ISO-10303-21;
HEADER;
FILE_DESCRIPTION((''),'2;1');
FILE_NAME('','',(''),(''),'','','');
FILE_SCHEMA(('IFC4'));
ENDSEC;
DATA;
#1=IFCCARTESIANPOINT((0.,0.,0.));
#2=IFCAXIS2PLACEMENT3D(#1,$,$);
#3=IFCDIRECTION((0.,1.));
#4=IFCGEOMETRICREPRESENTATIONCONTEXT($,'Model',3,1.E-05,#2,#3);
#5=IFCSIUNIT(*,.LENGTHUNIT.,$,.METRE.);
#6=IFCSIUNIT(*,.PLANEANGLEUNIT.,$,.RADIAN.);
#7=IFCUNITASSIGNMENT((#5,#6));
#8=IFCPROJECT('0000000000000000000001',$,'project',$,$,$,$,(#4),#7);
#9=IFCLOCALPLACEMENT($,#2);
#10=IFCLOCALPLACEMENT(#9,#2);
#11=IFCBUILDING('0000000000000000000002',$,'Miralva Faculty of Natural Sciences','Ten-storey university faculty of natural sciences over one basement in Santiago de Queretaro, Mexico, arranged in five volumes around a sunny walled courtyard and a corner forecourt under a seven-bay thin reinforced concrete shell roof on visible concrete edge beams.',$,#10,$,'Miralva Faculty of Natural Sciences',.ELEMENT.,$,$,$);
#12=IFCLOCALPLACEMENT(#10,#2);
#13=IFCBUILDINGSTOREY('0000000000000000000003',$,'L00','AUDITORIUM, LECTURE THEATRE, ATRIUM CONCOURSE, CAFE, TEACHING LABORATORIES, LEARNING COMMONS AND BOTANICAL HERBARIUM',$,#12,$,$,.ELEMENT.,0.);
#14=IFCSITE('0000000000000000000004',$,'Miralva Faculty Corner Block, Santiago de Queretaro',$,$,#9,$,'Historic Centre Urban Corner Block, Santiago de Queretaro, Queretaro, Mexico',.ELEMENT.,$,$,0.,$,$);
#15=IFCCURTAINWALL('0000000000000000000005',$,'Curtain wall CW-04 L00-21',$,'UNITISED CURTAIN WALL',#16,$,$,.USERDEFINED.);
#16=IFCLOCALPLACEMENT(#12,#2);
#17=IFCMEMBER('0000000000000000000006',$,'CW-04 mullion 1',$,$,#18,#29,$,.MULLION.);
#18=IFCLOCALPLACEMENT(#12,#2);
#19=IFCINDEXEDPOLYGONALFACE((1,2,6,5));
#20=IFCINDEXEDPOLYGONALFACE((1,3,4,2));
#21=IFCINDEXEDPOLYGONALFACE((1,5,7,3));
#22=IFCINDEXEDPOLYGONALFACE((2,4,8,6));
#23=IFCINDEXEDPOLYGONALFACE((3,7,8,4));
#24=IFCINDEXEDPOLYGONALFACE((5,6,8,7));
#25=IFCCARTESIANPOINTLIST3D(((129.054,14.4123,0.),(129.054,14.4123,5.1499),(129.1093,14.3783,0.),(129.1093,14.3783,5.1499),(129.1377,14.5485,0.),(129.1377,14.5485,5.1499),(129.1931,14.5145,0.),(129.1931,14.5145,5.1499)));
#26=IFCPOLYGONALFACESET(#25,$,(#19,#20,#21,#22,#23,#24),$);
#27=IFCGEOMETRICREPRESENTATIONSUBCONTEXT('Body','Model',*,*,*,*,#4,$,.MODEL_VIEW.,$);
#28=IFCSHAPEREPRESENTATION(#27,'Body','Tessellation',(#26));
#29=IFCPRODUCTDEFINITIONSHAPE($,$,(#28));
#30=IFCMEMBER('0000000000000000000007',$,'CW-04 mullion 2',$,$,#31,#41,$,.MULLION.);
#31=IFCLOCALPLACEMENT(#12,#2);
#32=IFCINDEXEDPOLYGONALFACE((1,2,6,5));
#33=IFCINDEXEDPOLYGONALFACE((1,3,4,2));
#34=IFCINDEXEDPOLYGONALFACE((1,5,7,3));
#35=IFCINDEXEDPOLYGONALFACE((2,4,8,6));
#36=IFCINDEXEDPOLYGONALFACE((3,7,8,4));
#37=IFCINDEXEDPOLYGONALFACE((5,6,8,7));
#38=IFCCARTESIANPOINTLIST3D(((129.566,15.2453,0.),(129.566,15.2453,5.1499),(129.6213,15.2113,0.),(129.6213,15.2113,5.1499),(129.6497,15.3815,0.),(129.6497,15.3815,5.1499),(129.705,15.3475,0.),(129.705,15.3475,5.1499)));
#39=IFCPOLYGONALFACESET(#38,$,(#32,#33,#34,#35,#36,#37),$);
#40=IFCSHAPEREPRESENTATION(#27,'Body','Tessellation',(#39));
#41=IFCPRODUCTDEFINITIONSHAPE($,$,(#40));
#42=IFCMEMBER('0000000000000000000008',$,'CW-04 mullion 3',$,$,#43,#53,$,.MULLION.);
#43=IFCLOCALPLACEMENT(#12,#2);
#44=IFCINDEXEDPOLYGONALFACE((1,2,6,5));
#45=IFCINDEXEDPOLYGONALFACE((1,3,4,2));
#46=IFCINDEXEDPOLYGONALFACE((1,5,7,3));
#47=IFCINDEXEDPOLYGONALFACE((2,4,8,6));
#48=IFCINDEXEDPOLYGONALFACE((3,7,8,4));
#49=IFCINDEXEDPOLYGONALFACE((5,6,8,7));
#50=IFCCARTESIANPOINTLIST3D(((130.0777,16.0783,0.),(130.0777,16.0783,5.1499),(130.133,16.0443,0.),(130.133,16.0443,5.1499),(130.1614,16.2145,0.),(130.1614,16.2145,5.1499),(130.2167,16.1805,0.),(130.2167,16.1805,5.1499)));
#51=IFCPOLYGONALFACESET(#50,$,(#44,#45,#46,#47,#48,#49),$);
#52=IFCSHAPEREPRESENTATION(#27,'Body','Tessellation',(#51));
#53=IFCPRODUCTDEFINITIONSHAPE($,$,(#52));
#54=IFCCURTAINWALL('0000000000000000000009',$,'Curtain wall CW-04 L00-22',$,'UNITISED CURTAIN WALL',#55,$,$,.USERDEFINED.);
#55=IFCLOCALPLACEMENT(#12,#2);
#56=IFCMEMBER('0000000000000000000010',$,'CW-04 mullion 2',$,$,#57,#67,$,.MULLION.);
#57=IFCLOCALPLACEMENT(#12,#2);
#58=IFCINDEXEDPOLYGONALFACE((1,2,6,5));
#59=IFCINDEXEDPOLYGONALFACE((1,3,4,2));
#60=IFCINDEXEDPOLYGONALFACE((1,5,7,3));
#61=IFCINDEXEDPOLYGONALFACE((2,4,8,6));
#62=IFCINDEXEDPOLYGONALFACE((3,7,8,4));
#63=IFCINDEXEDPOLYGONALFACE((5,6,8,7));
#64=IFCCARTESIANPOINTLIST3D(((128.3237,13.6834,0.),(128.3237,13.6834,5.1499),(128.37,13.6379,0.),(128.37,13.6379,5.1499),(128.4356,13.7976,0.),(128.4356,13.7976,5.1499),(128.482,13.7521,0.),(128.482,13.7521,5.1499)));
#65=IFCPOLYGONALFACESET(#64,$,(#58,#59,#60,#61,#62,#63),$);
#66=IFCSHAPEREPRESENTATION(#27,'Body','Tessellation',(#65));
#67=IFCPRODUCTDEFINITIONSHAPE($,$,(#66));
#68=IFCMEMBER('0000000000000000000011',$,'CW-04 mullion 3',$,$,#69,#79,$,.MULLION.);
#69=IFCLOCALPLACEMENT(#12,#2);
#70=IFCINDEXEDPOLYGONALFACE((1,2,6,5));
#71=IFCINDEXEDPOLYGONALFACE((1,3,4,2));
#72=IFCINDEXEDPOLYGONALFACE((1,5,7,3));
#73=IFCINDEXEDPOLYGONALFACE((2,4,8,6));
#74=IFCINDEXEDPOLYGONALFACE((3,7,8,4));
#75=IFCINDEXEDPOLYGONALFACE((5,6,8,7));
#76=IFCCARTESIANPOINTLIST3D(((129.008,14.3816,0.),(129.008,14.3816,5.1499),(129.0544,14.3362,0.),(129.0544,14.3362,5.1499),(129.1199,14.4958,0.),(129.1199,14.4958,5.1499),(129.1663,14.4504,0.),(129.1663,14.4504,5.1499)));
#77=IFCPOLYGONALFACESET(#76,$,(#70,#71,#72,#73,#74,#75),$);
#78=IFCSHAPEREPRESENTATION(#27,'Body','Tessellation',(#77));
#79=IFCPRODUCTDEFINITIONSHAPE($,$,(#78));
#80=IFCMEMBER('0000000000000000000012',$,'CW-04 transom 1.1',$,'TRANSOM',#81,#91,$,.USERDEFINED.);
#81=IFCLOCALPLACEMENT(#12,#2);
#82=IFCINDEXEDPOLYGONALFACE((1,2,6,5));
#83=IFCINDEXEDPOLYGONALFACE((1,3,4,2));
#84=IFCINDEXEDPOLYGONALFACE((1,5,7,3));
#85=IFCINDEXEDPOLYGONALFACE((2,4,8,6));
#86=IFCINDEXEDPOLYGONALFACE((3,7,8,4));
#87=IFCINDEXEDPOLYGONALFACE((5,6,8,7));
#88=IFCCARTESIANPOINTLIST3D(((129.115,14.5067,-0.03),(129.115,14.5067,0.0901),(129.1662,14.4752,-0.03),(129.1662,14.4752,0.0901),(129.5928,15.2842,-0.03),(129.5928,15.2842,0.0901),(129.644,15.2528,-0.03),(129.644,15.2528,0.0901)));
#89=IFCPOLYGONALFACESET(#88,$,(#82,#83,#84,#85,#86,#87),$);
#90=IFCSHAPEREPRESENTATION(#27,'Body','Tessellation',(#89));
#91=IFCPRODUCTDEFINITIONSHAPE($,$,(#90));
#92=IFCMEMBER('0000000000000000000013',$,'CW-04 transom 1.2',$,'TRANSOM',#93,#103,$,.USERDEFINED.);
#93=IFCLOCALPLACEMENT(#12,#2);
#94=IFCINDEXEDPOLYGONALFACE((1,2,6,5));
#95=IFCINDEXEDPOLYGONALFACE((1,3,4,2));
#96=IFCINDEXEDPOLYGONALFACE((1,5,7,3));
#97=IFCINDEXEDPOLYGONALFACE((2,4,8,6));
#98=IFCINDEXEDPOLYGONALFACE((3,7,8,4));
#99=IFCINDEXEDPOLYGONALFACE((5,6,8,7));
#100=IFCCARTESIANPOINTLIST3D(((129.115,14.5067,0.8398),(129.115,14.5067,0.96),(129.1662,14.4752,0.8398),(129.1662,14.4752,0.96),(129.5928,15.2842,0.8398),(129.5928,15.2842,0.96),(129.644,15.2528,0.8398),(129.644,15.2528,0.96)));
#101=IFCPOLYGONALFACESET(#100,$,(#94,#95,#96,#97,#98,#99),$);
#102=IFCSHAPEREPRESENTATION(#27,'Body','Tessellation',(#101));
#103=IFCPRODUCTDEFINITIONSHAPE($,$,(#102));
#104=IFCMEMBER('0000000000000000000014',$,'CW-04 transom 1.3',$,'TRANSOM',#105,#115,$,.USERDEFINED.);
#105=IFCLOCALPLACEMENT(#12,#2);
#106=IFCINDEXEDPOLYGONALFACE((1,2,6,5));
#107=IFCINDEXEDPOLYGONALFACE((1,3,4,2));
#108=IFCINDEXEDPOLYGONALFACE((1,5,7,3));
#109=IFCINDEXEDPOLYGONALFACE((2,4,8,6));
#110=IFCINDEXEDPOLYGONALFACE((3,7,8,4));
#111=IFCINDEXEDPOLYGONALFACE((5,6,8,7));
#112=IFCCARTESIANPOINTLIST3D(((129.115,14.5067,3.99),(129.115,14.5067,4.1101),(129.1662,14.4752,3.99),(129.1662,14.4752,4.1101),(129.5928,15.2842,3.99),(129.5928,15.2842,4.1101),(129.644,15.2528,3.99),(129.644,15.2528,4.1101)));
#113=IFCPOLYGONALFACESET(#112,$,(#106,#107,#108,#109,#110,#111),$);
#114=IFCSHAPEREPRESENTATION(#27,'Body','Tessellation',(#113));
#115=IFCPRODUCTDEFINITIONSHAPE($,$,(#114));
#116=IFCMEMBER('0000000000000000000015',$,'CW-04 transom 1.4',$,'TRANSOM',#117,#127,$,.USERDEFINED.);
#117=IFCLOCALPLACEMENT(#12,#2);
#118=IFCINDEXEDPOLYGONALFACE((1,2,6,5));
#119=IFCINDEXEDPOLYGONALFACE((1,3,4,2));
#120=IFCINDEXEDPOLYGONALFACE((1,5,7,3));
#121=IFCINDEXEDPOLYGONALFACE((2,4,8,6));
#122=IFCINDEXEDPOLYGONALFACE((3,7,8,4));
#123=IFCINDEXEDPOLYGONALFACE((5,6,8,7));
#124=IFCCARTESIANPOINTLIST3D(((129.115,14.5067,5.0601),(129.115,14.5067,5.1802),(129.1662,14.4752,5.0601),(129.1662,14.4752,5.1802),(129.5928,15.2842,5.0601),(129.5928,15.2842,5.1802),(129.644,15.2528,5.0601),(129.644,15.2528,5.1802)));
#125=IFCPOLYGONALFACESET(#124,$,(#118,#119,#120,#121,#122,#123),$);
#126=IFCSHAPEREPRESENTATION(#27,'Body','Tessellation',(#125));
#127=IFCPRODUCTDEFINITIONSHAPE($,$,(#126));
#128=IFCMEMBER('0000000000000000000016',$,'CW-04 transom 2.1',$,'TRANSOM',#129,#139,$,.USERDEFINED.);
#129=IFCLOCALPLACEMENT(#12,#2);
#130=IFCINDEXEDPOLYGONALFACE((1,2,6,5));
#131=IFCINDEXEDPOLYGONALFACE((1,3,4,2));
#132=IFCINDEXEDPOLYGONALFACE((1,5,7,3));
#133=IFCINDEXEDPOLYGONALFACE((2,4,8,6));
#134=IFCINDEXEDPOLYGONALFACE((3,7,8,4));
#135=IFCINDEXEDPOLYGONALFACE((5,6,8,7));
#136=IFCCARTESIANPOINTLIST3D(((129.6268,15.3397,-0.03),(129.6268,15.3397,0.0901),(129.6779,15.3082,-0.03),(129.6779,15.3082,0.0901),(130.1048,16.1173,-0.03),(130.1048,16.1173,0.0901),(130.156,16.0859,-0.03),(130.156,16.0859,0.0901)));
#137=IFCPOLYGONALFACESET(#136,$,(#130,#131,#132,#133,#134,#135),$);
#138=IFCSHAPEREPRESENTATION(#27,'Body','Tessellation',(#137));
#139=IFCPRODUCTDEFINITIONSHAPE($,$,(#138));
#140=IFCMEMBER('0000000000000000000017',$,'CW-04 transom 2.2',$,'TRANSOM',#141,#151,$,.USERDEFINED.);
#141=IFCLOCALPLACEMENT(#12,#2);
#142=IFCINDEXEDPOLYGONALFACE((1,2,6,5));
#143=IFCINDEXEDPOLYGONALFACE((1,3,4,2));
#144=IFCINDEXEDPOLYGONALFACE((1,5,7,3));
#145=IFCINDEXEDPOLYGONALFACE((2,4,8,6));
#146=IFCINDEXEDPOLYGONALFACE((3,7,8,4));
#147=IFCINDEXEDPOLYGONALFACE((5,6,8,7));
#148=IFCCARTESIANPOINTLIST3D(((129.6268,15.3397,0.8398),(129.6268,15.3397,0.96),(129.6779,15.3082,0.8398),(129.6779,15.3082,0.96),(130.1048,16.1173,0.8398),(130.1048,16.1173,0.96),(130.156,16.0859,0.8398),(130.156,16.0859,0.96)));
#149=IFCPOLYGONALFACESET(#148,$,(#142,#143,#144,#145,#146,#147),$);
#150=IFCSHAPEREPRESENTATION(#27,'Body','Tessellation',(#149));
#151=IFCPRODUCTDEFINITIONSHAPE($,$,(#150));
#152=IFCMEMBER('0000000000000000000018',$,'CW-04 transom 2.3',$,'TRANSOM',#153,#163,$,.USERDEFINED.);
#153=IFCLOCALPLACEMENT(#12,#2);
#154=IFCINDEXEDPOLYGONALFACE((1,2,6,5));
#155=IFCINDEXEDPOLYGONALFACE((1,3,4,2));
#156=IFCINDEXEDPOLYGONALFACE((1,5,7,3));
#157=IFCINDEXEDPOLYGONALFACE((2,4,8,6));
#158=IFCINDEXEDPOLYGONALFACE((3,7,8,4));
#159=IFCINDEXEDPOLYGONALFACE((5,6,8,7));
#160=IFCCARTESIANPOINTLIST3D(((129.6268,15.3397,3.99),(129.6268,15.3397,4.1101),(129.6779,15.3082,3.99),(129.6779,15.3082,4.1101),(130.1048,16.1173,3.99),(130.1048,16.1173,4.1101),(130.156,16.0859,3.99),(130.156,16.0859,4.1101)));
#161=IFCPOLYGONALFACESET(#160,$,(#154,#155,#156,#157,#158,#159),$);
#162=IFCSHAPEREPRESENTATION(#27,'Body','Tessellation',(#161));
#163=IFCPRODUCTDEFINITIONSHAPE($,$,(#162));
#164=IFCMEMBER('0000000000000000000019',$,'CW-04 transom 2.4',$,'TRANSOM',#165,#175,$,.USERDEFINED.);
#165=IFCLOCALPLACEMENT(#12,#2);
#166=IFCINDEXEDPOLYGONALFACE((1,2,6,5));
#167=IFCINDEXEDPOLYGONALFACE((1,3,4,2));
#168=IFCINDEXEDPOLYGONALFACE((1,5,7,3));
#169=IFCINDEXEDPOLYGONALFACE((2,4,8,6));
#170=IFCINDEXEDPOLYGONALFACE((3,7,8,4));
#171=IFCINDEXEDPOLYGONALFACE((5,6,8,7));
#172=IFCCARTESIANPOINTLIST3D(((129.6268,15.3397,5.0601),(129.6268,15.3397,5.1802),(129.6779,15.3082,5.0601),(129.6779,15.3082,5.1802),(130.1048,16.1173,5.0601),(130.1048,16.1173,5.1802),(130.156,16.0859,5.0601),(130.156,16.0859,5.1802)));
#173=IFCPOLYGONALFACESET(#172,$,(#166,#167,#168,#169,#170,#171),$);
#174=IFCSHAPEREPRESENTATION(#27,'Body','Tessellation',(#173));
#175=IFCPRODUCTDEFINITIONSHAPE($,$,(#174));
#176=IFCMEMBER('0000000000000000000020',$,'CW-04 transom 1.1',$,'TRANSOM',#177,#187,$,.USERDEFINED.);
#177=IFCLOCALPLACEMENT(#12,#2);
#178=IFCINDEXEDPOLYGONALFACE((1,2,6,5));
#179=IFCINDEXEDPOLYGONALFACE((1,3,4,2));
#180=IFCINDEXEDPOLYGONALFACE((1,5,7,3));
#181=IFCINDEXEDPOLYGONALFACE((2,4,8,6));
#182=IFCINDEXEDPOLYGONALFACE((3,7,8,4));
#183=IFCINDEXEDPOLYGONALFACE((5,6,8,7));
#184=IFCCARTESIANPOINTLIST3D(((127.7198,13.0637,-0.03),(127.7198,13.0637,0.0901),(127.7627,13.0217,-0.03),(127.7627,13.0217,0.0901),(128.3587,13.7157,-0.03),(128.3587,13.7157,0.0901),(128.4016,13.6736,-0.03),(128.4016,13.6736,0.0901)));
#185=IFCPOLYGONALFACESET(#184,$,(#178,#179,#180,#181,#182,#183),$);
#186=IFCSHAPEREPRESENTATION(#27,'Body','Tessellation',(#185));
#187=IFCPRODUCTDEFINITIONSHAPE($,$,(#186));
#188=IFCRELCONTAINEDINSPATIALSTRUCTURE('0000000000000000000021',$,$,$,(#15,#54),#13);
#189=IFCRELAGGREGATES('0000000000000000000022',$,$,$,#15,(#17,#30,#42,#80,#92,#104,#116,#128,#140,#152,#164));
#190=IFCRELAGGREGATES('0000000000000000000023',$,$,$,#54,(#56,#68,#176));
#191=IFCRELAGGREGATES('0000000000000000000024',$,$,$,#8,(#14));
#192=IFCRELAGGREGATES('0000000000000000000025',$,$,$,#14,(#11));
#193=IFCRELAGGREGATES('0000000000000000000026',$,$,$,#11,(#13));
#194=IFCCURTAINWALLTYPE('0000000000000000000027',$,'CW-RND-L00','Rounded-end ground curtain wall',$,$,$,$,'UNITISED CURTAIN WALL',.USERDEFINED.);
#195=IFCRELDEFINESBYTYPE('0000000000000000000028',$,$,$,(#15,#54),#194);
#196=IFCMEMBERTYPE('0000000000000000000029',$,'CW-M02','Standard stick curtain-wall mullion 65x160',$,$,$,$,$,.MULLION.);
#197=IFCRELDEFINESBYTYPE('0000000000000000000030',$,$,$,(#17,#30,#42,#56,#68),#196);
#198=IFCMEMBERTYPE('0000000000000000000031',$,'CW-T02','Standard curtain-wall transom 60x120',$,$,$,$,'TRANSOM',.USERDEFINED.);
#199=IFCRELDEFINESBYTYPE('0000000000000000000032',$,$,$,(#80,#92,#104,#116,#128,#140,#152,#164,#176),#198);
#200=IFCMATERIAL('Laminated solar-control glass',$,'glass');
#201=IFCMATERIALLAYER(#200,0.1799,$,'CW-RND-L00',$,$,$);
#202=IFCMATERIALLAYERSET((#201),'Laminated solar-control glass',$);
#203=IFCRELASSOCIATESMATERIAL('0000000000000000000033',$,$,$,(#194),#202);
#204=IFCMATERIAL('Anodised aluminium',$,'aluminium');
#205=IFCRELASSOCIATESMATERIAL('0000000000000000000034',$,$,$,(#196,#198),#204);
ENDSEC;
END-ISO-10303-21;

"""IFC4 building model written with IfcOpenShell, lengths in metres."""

from ifc_helpers import new_model, si_unit, direction, frame, origin, origin_2d, place, context, subcontext, project, spatial, rectangle, extrude, material, layer, layer_set, material_profile, profile_set, type_object, element, aggregate, save


model = new_model("IFC4")

# Units and contexts
model_context = context("Model", 3, precision=1e-05, world=origin(), true_north=direction((0.0, 1.0)))
body_context = subcontext(model_context, "Body", "Model", "MODEL_VIEW")
ifc_project = project(units=[si_unit("LENGTHUNIT", "METRE"), si_unit("PLANEANGLEUNIT", "RADIAN")], contexts=[model_context])

# Site, building, storey
site_placement = place(None, origin())
site = spatial("IfcSite", under=ifc_project, at=site_placement, Name="Miralva Faculty Corner Block, Santiago de Queretaro", LongName="Historic Centre Urban Corner Block, Santiago de Queretaro, Queretaro, Mexico", CompositionType="ELEMENT", RefElevation=0.0)
building_placement = place(site_placement, origin())
building = spatial("IfcBuilding", under=site, at=building_placement, Name="Miralva Faculty of Natural Sciences", Description="Ten-storey university faculty of natural sciences over one basement in Santiago de Queretaro, Mexico, arranged in five volumes around a sunny walled courtyard and a corner forecourt under a seven-bay thin reinforced concrete shell roof on visible concrete edge beams.", LongName="Miralva Faculty of Natural Sciences", CompositionType="ELEMENT")
storey_placement = place(building_placement, origin())
storey = spatial("IfcBuildingStorey", under=building, at=storey_placement, Name="L00", Description="AUDITORIUM, LECTURE THEATRE, ATRIUM CONCOURSE, CAFE, TEACHING LABORATORIES, LEARNING COMMONS AND BOTANICAL HERBARIUM", CompositionType="ELEMENT", Elevation=0.0)

# Curtain walls, members
ifc_material_1 = material(Name="Laminated solar-control glass", Category="glass")
ifc_layer_1 = layer(ifc_material_1, 0.1799, Name="CW-RND-L00")
ifc_layer_set_1 = layer_set([ifc_layer_1], Name="Laminated solar-control glass")
curtain_wall_type = type_object("IfcCurtainWallType", Name="CW-RND-L00", Description="Rounded-end ground curtain wall", ElementType="UNITISED CURTAIN WALL", PredefinedType="USERDEFINED", material=ifc_layer_set_1)
curtain_wall_1_placement = place(storey_placement, origin())
curtain_wall_1 = element("IfcCurtainWall", 1, at=curtain_wall_1_placement, inside=storey, type_object=curtain_wall_type, Name="Curtain wall CW-04 L00-21", ObjectType="UNITISED CURTAIN WALL", PredefinedType="USERDEFINED")
ifc_material_2 = material(Name="Anodised aluminium", Category="aluminium")
ifc_material_profile_1 = material_profile(ifc_material_2, rectangle(XDim=0.0649, YDim=0.1599, at=origin_2d()), Name="MULLION 65x160")
ifc_profile_set_1 = profile_set([ifc_material_profile_1], Name="Anodised aluminium")
member_type_1 = type_object("IfcMemberType", Name="CW-M02", Description="Standard stick curtain-wall mullion 65x160", PredefinedType="MULLION", material=ifc_profile_set_1)
member_1_placement = place(storey_placement, frame((129.1235, 14.4634, 0.0), z_axis=(0.0, 0.0, 1.0), x_axis=(-0.851995, 0.523551, 0.0)))
member_1 = element("IfcMember", 2, at=member_1_placement, type_object=member_type_1, Name="CW-04 mullion 1", PredefinedType="MULLION", context=body_context, shape_type="SweptSolid", body=[
    extrude(rectangle(XDim=0.0649, YDim=0.1599, at=origin_2d()), origin(), (0.0, 0.0, 1.0), 5.1499),
])
member_2_placement = place(storey_placement, frame((129.6355, 15.2964, 0.0), z_axis=(0.0, 0.0, 1.0), x_axis=(-0.851995, 0.523551, 0.0)))
member_2 = element("IfcMember", 3, at=member_2_placement, type_object=member_type_1, Name="CW-04 mullion 2", PredefinedType="MULLION", context=body_context, shape_type="SweptSolid", body=[
    extrude(rectangle(XDim=0.0649, YDim=0.1599, at=origin_2d()), origin(), (0.0, 0.0, 1.0), 5.1499),
])
member_3_placement = place(storey_placement, frame((130.1472, 16.1294, 0.0), z_axis=(0.0, 0.0, 1.0), x_axis=(-0.851995, 0.523551, 0.0)))
member_3 = element("IfcMember", 4, at=member_3_placement, type_object=member_type_1, Name="CW-04 mullion 3", PredefinedType="MULLION", context=body_context, shape_type="SweptSolid", body=[
    extrude(rectangle(XDim=0.0649, YDim=0.1599, at=origin_2d()), origin(), (0.0, 0.0, 1.0), 5.1499),
])
curtain_wall_2_placement = place(storey_placement, origin())
curtain_wall_2 = element("IfcCurtainWall", 5, at=curtain_wall_2_placement, inside=storey, type_object=curtain_wall_type, Name="Curtain wall CW-04 L00-22", ObjectType="UNITISED CURTAIN WALL", PredefinedType="USERDEFINED")
member_4_placement = place(storey_placement, frame((128.4028, 13.7178, 0.0), z_axis=(0.0, 0.0, 1.0), x_axis=(-0.714125, 0.700018, 0.0)))
member_4 = element("IfcMember", 6, at=member_4_placement, type_object=member_type_1, Name="CW-04 mullion 2", PredefinedType="MULLION", context=body_context, shape_type="SweptSolid", body=[
    extrude(rectangle(XDim=0.0649, YDim=0.1599, at=origin_2d()), origin(), (0.0, 0.0, 1.0), 5.1499),
])
member_5_placement = place(storey_placement, frame((129.0872, 14.416, 0.0), z_axis=(0.0, 0.0, 1.0), x_axis=(-0.714125, 0.700018, 0.0)))
member_5 = element("IfcMember", 7, at=member_5_placement, type_object=member_type_1, Name="CW-04 mullion 3", PredefinedType="MULLION", context=body_context, shape_type="SweptSolid", body=[
    extrude(rectangle(XDim=0.0649, YDim=0.1599, at=origin_2d()), origin(), (0.0, 0.0, 1.0), 5.1499),
])

# Members
ifc_material_profile_2 = material_profile(ifc_material_2, rectangle(XDim=0.0601, YDim=0.1201, at=origin_2d()), Name="TRANSOM 60x120")
ifc_profile_set_2 = profile_set([ifc_material_profile_2], Name="Anodised aluminium")
member_type_2 = type_object("IfcMemberType", Name="CW-T02", Description="Standard curtain-wall transom 60x120", ElementType="TRANSOM", PredefinedType="USERDEFINED", material=ifc_profile_set_2)
member_6_placement = place(storey_placement, frame((129.1406, 14.491, 0.03), z_axis=(0.523515, 0.852016, 0.0), x_axis=(-0.852016, 0.523515, 0.0)))
member_6 = element("IfcMember", 8, at=member_6_placement, type_object=member_type_2, Name="CW-04 transom 1.1", ObjectType="TRANSOM", PredefinedType="USERDEFINED", context=body_context, shape_type="SweptSolid", body=[
    extrude(rectangle(XDim=0.0601, YDim=0.1201, at=origin_2d()), origin(), (0.0, 0.0, 1.0), 0.9126),
])
member_7_placement = place(storey_placement, frame((129.1406, 14.491, 0.8999), z_axis=(0.523515, 0.852016, 0.0), x_axis=(-0.852016, 0.523515, 0.0)))
member_7 = element("IfcMember", 9, at=member_7_placement, type_object=member_type_2, Name="CW-04 transom 1.2", ObjectType="TRANSOM", PredefinedType="USERDEFINED", context=body_context, shape_type="SweptSolid", body=[
    extrude(rectangle(XDim=0.0601, YDim=0.1201, at=origin_2d()), origin(), (0.0, 0.0, 1.0), 0.9126),
])
member_8_placement = place(storey_placement, frame((129.1406, 14.491, 4.05), z_axis=(0.523515, 0.852016, 0.0), x_axis=(-0.852016, 0.523515, 0.0)))
member_8 = element("IfcMember", 10, at=member_8_placement, type_object=member_type_2, Name="CW-04 transom 1.3", ObjectType="TRANSOM", PredefinedType="USERDEFINED", context=body_context, shape_type="SweptSolid", body=[
    extrude(rectangle(XDim=0.0601, YDim=0.1201, at=origin_2d()), origin(), (0.0, 0.0, 1.0), 0.9126),
])
member_9_placement = place(storey_placement, frame((129.1406, 14.491, 5.1201), z_axis=(0.523515, 0.852016, 0.0), x_axis=(-0.852016, 0.523515, 0.0)))
member_9 = element("IfcMember", 11, at=member_9_placement, type_object=member_type_2, Name="CW-04 transom 1.4", ObjectType="TRANSOM", PredefinedType="USERDEFINED", context=body_context, shape_type="SweptSolid", body=[
    extrude(rectangle(XDim=0.0601, YDim=0.1201, at=origin_2d()), origin(), (0.0, 0.0, 1.0), 0.9126),
])
member_10_placement = place(storey_placement, frame((129.6523, 15.324, 0.03), z_axis=(0.523709, 0.851897, 0.0), x_axis=(-0.851897, 0.523709, 0.0)))
member_10 = element("IfcMember", 12, at=member_10_placement, type_object=member_type_2, Name="CW-04 transom 2.1", ObjectType="TRANSOM", PredefinedType="USERDEFINED", context=body_context, shape_type="SweptSolid", body=[
    extrude(rectangle(XDim=0.0601, YDim=0.1201, at=origin_2d()), origin(), (0.0, 0.0, 1.0), 0.9128),
])
member_11_placement = place(storey_placement, frame((129.6523, 15.324, 0.8999), z_axis=(0.523709, 0.851897, 0.0), x_axis=(-0.851897, 0.523709, 0.0)))
member_11 = element("IfcMember", 13, at=member_11_placement, type_object=member_type_2, Name="CW-04 transom 2.2", ObjectType="TRANSOM", PredefinedType="USERDEFINED", context=body_context, shape_type="SweptSolid", body=[
    extrude(rectangle(XDim=0.0601, YDim=0.1201, at=origin_2d()), origin(), (0.0, 0.0, 1.0), 0.9128),
])
member_12_placement = place(storey_placement, frame((129.6523, 15.324, 4.05), z_axis=(0.523709, 0.851897, 0.0), x_axis=(-0.851897, 0.523709, 0.0)))
member_12 = element("IfcMember", 14, at=member_12_placement, type_object=member_type_2, Name="CW-04 transom 2.3", ObjectType="TRANSOM", PredefinedType="USERDEFINED", context=body_context, shape_type="SweptSolid", body=[
    extrude(rectangle(XDim=0.0601, YDim=0.1201, at=origin_2d()), origin(), (0.0, 0.0, 1.0), 0.9128),
])
member_13_placement = place(storey_placement, frame((129.6523, 15.324, 5.1201), z_axis=(0.523709, 0.851897, 0.0), x_axis=(-0.851897, 0.523709, 0.0)))
member_13 = element("IfcMember", 15, at=member_13_placement, type_object=member_type_2, Name="CW-04 transom 2.4", ObjectType="TRANSOM", PredefinedType="USERDEFINED", context=body_context, shape_type="SweptSolid", body=[
    extrude(rectangle(XDim=0.0601, YDim=0.1201, at=origin_2d()), origin(), (0.0, 0.0, 1.0), 0.9128),
])
member_14_placement = place(storey_placement, frame((127.7412, 13.0427, 0.03), z_axis=(0.699983, 0.714159, 0.0), x_axis=(-0.714159, 0.699983, 0.0)))
member_14 = element("IfcMember", 16, at=member_14_placement, type_object=member_type_2, Name="CW-04 transom 1.1", ObjectType="TRANSOM", PredefinedType="USERDEFINED", context=body_context, shape_type="SweptSolid", body=[
    extrude(rectangle(XDim=0.0601, YDim=0.1201, at=origin_2d()), origin(), (0.0, 0.0, 1.0), 0.9128),
])

aggregate(curtain_wall_1, [member_1, member_2, member_3, member_6, member_7, member_8, member_9, member_10, member_11, member_12, member_13])
aggregate(curtain_wall_2, [member_4, member_5, member_14])

save(model, "model.ifc")
